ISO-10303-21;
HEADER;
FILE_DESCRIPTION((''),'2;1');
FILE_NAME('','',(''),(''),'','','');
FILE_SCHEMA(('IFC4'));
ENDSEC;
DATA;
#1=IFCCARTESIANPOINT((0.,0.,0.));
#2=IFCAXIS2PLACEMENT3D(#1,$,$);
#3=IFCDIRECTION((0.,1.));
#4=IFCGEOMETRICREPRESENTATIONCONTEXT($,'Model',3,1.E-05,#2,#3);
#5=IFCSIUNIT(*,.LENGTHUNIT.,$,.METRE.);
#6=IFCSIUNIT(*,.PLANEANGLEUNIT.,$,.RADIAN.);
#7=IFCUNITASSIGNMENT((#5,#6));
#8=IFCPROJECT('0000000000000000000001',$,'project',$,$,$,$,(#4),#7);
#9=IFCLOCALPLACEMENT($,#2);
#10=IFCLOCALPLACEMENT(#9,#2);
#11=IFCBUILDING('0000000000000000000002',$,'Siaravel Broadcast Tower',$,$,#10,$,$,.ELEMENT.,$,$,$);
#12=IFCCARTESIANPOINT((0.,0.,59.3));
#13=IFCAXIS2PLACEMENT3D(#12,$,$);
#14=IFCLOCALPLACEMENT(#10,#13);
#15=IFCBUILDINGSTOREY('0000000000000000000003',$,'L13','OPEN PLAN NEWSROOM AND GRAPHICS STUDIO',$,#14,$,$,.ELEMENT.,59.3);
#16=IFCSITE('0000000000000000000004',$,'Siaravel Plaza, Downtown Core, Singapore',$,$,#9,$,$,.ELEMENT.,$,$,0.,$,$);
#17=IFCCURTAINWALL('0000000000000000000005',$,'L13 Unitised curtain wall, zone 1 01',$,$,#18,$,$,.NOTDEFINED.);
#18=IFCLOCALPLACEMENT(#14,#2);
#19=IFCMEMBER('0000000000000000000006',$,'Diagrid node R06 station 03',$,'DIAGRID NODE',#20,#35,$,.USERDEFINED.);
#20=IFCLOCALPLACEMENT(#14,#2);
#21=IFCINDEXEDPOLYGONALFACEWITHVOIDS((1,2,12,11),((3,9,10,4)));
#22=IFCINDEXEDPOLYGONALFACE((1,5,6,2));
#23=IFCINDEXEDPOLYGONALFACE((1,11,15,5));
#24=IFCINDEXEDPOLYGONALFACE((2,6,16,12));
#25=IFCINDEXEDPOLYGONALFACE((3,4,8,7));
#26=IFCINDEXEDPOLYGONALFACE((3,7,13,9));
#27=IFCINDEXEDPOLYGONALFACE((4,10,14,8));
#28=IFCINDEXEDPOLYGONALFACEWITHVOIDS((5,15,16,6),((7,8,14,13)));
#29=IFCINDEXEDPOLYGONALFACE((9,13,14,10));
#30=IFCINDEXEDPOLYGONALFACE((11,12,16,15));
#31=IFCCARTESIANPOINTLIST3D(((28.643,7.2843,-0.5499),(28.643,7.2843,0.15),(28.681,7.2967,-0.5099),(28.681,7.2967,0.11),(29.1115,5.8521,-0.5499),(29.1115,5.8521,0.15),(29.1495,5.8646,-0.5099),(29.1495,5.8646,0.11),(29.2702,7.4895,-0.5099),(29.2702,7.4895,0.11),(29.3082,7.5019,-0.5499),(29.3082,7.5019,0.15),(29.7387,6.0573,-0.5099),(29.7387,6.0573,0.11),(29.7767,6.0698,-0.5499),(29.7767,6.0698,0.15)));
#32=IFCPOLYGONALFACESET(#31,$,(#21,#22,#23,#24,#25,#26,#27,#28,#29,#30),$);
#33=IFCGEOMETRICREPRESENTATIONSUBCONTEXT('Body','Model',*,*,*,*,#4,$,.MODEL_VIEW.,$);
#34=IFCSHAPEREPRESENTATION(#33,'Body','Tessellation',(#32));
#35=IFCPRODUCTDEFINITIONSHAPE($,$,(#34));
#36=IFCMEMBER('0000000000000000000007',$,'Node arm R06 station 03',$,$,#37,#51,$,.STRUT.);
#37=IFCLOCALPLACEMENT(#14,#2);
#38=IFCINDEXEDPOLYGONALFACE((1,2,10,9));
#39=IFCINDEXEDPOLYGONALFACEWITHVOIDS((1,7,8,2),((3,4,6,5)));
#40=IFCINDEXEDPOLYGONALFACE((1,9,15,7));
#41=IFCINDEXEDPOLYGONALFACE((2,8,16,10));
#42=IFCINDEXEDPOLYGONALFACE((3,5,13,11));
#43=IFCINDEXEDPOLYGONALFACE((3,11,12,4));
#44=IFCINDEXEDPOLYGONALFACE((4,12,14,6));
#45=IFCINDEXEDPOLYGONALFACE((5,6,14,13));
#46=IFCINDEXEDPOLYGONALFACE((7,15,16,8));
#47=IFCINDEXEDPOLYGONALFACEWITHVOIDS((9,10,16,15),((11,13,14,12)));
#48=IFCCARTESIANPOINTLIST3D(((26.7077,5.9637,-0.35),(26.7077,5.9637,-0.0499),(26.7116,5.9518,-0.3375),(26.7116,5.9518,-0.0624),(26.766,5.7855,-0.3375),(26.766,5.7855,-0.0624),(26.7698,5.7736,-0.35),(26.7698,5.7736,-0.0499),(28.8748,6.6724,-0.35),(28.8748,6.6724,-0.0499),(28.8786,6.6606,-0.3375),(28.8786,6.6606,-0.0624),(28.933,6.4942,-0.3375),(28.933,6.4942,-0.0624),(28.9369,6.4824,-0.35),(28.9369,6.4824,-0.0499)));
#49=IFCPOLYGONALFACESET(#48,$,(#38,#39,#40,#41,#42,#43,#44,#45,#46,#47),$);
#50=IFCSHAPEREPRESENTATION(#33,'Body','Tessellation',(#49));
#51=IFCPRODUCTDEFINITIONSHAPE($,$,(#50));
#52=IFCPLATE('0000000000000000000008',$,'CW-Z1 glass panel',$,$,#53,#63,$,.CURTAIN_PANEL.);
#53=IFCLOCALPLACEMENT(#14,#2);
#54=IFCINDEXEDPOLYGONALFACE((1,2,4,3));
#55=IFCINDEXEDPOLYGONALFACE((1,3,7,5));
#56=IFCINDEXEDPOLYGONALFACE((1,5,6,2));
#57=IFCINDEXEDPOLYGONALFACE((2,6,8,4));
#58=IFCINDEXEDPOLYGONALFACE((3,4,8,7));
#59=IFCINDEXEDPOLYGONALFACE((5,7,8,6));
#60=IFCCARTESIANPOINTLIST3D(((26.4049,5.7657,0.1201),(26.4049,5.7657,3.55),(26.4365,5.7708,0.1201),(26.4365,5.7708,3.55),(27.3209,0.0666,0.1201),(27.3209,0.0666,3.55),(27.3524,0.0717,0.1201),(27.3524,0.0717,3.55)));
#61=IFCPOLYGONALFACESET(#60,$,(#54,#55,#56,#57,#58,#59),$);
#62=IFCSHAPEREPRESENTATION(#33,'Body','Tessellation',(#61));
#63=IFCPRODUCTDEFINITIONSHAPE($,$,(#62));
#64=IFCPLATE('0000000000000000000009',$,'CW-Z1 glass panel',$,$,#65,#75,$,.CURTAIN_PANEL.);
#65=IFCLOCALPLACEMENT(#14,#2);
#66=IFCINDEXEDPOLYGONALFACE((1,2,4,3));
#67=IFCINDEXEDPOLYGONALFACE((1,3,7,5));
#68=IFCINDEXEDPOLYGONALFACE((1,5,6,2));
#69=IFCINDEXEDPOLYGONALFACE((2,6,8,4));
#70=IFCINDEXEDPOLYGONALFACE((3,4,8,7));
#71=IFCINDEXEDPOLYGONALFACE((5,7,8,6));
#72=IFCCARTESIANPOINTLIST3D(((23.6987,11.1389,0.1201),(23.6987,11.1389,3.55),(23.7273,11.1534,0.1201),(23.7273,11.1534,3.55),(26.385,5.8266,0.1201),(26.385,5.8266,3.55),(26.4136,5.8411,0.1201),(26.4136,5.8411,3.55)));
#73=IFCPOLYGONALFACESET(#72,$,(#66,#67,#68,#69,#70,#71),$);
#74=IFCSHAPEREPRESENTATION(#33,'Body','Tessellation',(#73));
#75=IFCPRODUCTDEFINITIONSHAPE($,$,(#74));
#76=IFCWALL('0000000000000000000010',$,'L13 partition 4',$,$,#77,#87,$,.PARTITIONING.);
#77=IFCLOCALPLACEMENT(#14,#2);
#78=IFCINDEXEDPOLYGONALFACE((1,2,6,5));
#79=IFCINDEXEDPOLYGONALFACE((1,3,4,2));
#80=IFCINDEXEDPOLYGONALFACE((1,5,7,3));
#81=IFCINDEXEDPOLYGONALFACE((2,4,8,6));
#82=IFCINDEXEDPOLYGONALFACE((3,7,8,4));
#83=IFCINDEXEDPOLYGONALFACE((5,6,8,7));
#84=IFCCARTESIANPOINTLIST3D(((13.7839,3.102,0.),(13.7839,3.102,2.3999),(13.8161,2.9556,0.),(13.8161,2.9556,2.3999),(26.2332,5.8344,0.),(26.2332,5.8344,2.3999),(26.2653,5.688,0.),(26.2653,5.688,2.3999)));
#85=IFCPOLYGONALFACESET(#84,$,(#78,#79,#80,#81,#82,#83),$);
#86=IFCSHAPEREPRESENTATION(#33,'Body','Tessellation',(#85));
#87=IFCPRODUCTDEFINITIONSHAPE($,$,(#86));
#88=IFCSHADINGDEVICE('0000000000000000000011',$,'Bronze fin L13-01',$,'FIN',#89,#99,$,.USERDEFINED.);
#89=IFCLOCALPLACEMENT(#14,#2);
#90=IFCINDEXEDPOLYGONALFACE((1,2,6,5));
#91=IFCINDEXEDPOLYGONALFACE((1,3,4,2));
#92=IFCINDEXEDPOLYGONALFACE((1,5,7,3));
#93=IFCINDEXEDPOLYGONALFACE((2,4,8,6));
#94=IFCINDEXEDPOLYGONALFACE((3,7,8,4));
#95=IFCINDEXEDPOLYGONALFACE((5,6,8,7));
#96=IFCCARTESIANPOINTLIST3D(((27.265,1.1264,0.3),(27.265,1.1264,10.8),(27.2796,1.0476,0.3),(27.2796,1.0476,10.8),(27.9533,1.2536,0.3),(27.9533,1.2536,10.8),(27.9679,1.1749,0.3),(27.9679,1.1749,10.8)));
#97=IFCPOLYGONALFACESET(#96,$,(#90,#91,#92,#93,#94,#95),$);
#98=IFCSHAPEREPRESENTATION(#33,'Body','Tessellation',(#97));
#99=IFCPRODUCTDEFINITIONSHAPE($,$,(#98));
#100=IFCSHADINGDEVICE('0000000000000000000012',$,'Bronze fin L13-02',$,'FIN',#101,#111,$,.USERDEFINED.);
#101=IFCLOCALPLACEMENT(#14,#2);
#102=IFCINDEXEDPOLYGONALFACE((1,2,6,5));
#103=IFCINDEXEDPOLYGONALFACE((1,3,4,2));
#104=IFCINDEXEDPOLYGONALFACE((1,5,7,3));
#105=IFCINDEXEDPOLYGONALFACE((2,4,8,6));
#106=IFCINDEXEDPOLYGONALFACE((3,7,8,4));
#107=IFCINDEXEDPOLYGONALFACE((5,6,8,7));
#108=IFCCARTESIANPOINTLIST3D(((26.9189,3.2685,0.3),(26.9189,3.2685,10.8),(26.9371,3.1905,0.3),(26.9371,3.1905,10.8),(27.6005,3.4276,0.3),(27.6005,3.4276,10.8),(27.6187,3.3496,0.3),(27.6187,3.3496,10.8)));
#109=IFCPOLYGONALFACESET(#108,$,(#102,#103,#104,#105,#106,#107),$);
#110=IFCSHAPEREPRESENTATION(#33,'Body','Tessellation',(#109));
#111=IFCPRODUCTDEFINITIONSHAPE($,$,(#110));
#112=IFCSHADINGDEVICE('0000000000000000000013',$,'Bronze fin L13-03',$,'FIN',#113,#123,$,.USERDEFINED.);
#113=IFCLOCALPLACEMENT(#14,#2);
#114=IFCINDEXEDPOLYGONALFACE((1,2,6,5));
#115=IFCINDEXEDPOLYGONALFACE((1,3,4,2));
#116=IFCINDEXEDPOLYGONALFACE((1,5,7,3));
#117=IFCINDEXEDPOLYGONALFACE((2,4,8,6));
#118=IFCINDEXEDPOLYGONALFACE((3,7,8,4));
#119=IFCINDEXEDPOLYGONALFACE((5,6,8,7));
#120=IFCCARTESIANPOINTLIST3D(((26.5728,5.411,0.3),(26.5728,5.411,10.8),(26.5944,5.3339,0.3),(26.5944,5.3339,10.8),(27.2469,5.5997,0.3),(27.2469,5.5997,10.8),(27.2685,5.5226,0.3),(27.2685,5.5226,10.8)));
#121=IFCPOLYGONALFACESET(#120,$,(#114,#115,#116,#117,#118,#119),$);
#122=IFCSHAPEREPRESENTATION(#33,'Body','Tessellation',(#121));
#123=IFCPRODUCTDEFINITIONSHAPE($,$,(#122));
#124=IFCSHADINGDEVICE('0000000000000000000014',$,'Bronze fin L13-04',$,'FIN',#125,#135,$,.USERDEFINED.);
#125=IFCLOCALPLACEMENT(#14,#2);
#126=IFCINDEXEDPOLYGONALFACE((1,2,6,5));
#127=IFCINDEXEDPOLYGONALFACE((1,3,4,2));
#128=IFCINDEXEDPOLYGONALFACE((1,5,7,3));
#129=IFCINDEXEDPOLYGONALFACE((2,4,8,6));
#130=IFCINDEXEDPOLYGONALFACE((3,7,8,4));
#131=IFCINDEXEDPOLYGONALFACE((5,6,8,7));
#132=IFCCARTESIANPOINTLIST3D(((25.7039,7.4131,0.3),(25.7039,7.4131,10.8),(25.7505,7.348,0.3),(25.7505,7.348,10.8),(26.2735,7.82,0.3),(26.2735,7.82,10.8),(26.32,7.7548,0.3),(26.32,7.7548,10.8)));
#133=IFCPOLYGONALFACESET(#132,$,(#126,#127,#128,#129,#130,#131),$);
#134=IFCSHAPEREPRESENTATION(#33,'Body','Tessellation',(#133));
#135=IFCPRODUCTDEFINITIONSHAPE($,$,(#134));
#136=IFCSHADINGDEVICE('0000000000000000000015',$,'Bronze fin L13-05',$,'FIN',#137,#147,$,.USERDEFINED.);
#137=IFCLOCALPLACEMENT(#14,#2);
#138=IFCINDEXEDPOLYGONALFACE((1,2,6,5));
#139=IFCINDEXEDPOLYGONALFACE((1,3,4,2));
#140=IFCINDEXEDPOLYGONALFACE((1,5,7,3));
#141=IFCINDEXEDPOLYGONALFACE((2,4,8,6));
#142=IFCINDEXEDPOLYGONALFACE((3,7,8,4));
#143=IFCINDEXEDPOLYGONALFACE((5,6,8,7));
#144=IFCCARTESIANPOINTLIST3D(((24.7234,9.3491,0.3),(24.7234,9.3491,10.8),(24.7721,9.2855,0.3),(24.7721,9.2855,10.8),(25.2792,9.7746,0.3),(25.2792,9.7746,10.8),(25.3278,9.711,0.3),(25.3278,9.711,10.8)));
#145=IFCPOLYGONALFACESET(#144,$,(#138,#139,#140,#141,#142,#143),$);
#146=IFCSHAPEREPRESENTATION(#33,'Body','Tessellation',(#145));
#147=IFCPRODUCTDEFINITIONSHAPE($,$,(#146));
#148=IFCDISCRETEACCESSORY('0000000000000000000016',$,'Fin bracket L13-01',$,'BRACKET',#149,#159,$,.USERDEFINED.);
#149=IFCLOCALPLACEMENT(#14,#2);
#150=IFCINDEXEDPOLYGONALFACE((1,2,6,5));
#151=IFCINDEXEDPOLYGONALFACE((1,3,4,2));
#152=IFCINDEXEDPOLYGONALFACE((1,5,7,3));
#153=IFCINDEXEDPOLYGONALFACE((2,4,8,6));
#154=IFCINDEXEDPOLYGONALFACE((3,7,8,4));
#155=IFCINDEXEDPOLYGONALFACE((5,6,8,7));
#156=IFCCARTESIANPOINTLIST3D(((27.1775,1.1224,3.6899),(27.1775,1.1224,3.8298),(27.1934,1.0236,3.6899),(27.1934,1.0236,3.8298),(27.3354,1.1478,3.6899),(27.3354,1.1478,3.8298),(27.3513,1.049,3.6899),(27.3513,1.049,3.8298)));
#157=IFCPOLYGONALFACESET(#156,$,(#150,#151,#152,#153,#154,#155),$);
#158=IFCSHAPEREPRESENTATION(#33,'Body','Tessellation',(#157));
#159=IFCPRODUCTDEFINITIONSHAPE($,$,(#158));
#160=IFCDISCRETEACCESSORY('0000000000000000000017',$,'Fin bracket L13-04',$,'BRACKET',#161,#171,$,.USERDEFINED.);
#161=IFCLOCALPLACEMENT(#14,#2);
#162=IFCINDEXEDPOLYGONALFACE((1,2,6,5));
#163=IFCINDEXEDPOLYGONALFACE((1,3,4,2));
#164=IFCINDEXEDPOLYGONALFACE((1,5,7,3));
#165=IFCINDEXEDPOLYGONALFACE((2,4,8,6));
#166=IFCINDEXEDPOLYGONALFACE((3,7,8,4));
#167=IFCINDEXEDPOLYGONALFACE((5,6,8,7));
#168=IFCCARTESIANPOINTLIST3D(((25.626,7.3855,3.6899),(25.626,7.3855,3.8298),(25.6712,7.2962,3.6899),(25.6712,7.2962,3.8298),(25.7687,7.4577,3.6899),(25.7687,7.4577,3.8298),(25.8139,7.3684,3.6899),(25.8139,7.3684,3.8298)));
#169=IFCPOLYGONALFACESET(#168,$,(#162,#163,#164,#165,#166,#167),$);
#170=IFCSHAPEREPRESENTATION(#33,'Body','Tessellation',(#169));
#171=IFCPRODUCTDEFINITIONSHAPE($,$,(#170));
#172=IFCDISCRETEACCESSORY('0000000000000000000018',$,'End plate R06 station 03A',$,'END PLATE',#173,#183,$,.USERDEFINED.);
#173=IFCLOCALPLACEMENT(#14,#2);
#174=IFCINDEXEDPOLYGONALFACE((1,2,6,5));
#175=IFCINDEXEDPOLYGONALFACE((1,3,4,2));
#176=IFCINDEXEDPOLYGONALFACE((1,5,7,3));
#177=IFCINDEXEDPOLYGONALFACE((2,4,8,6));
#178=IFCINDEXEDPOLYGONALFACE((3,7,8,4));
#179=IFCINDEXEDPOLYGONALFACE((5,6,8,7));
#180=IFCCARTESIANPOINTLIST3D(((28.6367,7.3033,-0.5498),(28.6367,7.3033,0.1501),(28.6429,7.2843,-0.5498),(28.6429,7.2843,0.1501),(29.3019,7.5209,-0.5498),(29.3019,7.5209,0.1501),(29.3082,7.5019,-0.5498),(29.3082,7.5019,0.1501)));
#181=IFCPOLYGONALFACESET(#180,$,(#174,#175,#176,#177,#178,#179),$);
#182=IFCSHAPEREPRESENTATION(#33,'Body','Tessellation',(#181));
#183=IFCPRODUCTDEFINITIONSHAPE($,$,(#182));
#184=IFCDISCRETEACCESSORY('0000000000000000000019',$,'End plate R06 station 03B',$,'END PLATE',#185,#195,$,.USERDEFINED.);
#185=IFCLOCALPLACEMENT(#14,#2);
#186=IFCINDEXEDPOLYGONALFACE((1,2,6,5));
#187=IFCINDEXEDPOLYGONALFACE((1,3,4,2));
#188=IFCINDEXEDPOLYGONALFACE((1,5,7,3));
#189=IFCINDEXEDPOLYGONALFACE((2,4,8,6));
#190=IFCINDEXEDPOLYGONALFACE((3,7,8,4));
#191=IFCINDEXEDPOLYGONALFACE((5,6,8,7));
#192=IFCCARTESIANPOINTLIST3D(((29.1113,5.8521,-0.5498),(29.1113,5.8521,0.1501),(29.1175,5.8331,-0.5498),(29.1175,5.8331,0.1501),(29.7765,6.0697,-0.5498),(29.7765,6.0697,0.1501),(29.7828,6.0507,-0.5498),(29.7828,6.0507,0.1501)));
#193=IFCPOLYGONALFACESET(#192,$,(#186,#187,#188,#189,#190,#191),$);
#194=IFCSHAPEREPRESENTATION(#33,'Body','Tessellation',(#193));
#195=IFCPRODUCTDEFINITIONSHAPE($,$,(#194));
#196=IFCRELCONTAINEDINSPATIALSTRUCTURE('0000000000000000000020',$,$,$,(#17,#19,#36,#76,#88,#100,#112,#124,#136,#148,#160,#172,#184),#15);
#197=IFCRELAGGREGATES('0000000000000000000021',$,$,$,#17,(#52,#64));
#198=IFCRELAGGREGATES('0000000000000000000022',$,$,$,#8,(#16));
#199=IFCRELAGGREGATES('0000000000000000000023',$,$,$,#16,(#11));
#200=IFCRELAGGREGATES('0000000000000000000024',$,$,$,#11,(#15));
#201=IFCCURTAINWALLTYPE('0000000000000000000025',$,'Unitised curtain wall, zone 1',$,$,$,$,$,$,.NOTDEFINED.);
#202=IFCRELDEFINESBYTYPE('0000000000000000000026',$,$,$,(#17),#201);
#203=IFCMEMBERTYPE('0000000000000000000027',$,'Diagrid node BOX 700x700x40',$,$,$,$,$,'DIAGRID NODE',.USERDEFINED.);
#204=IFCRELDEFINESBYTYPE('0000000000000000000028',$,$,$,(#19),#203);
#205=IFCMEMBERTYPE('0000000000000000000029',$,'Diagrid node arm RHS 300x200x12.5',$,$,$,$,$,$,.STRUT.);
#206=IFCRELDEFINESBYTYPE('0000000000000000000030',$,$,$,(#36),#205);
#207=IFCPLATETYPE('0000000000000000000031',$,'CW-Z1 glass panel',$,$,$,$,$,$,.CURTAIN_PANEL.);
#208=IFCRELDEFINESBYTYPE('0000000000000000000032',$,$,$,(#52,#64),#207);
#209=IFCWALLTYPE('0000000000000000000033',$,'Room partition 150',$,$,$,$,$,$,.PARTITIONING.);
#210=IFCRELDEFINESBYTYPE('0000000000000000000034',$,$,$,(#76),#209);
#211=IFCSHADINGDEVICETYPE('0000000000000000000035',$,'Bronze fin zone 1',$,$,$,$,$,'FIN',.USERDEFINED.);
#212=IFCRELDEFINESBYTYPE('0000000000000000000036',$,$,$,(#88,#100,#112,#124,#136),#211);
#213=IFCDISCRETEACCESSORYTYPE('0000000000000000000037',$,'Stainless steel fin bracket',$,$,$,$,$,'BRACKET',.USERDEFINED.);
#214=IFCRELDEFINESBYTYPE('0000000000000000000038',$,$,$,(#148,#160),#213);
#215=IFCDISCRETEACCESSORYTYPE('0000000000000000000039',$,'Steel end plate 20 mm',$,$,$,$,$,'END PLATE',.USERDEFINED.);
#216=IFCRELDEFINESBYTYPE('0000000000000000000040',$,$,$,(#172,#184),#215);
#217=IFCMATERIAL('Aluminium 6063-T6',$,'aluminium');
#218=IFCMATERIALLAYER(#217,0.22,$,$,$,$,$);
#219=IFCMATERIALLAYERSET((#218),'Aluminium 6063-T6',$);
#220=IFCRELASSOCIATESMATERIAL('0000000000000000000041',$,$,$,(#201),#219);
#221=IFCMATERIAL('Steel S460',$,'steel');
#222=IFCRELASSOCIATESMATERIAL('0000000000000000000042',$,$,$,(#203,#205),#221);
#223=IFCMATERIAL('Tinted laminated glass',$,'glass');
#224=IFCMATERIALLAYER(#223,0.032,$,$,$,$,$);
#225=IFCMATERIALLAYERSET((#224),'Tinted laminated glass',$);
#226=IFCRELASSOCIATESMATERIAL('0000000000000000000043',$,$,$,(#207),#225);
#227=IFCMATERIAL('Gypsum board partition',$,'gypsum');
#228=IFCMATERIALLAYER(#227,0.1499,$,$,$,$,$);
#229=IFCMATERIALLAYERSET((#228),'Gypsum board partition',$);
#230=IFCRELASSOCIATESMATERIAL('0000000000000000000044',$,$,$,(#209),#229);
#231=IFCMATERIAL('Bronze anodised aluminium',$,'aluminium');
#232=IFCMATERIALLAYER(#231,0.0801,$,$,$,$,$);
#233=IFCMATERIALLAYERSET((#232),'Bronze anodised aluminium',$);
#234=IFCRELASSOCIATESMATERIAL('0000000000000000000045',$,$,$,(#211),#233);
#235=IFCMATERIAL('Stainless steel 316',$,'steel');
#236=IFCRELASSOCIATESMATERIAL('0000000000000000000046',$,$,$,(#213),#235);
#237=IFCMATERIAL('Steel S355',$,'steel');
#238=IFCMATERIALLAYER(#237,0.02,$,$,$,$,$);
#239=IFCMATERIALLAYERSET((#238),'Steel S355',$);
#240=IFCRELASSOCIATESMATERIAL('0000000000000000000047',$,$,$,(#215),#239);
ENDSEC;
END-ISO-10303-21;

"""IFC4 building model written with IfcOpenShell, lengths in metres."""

from ifc_helpers import new_model, si_unit, direction, frame, frame_2d, origin, origin_2d, place, context, subcontext, project, spatial, rectangle, hollow_rectangle, extrude, material, layer, layer_set, material_profile, profile_set, type_object, element, aggregate, save


model = new_model("IFC4")

# Units and contexts
model_context = context("Model", 3, precision=1e-05, world=origin(), true_north=direction((0.0, 1.0)))
body_context = subcontext(model_context, "Body", "Model", "MODEL_VIEW")
ifc_project = project(units=[si_unit("LENGTHUNIT", "METRE"), si_unit("PLANEANGLEUNIT", "RADIAN")], contexts=[model_context])

# Site, building, storey
site_placement = place(None, origin())
site = spatial("IfcSite", under=ifc_project, at=site_placement, Name="Siaravel Plaza, Downtown Core, Singapore", CompositionType="ELEMENT", RefElevation=0.0)
building_placement = place(site_placement, origin())
building = spatial("IfcBuilding", under=site, at=building_placement, Name="Siaravel Broadcast Tower", CompositionType="ELEMENT")
storey_placement = place(building_placement, frame((0.0, 0.0, 59.3)))
storey = spatial("IfcBuildingStorey", under=building, at=storey_placement, Name="L13", Description="OPEN PLAN NEWSROOM AND GRAPHICS STUDIO", CompositionType="ELEMENT", Elevation=59.3)

# Shared definitions
ifc_material_1 = material(Name="Steel S355", Category="steel")

# Curtain wall
ifc_material_2 = material(Name="Aluminium 6063-T6", Category="aluminium")
ifc_layer_1 = layer(ifc_material_2, 0.22)
ifc_layer_set_1 = layer_set([ifc_layer_1], Name="Aluminium 6063-T6")
curtain_wall_type = type_object("IfcCurtainWallType", Name="Unitised curtain wall, zone 1", PredefinedType="NOTDEFINED", material=ifc_layer_set_1)
curtain_wall_placement = place(storey_placement, origin())
curtain_wall = element("IfcCurtainWall", 1, at=curtain_wall_placement, inside=storey, type_object=curtain_wall_type, Name="L13 Unitised curtain wall, zone 1 01", PredefinedType="NOTDEFINED")

# Members
ifc_material_3 = material(Name="Steel S460", Category="steel")
ifc_material_profile_1 = material_profile(ifc_material_3, hollow_rectangle(XDim=0.7, YDim=0.7, WallThickness=0.04, at=origin_2d()))
ifc_profile_set_1 = profile_set([ifc_material_profile_1], Name="Steel S460")
member_type_1 = type_object("IfcMemberType", Name="Diagrid node BOX 700x700x40", ElementType="DIAGRID NODE", PredefinedType="USERDEFINED", material=ifc_profile_set_1)
member_1_placement = place(storey_placement, frame((29.4441, 5.9609, -0.2), z_axis=(-0.310925, 0.950435, 0.0), x_axis=(-0.950435, -0.310925, 0.0)))
element("IfcMember", 2, at=member_1_placement, inside=storey, type_object=member_type_1, Name="Diagrid node R06 station 03", ObjectType="DIAGRID NODE", PredefinedType="USERDEFINED", context=body_context, shape_type="SweptSolid", body=[
    extrude(hollow_rectangle(XDim=0.7, YDim=0.7, WallThickness=0.04, at=origin_2d()), origin(), (0.0, 0.0, 1.0), 1.5068),
])
ifc_material_profile_2 = material_profile(ifc_material_3, hollow_rectangle(XDim=0.2, YDim=0.3, WallThickness=0.0125, at=origin_2d()))
ifc_profile_set_2 = profile_set([ifc_material_profile_2], Name="Steel S460")
member_type_2 = type_object("IfcMemberType", Name="Diagrid node arm RHS 300x200x12.5", PredefinedType="STRUT", material=ifc_profile_set_2)
member_2_placement = place(storey_placement, frame((26.7388, 5.8687, -0.2), z_axis=(0.950456, 0.310858, 0.0), x_axis=(-0.310858, 0.950456, 0.0)))
element("IfcMember", 3, at=member_2_placement, inside=storey, type_object=member_type_2, Name="Node arm R06 station 03", PredefinedType="STRUT", context=body_context, shape_type="SweptSolid", body=[
    extrude(hollow_rectangle(XDim=0.2, YDim=0.3, WallThickness=0.0125, at=origin_2d()), origin(), (0.0, 0.0, 1.0), 2.28),
])

# Plates
ifc_material_4 = material(Name="Tinted laminated glass", Category="glass")
ifc_layer_2 = layer(ifc_material_4, 0.032)
ifc_layer_set_2 = layer_set([ifc_layer_2], Name="Tinted laminated glass")
plate_type = type_object("IfcPlateType", Name="CW-Z1 glass panel", PredefinedType="CURTAIN_PANEL", material=ifc_layer_set_2)
plate_1_placement = place(storey_placement, frame((26.8787, 2.9187, 0.1201), z_axis=(0.0, 0.0, 1.0), x_axis=(-0.158686, 0.987329, 0.0)))
plate_1 = element("IfcPlate", 4, at=plate_1_placement, type_object=plate_type, Name="CW-Z1 glass panel", PredefinedType="CURTAIN_PANEL", context=body_context, shape_type="SweptSolid", body=[
    extrude(rectangle(XDim=5.7722, YDim=0.032, at=origin_2d()), origin(), (0.0, 0.0, 1.0), 3.4299),
])
plate_2_placement = place(storey_placement, frame((25.0562, 8.49, 0.1201), z_axis=(0.0, 0.0, 1.0), x_axis=(-0.451262, 0.892391, 0.0)))
plate_2 = element("IfcPlate", 5, at=plate_2_placement, type_object=plate_type, Name="CW-Z1 glass panel", PredefinedType="CURTAIN_PANEL", context=body_context, shape_type="SweptSolid", body=[
    extrude(rectangle(XDim=5.9529, YDim=0.032, at=origin_2d()), origin(), (0.0, 0.0, 1.0), 3.4299),
])
aggregate(curtain_wall, [plate_1, plate_2])

# Wall
ifc_material_5 = material(Name="Gypsum board partition", Category="gypsum")
ifc_layer_3 = layer(ifc_material_5, 0.1499)
ifc_layer_set_3 = layer_set([ifc_layer_3], Name="Gypsum board partition")
wall_type = type_object("IfcWallType", Name="Room partition 150", PredefinedType="PARTITIONING", material=ifc_layer_set_3)
wall_placement = place(storey_placement, frame((26.2493, 5.7612, 0.0), z_axis=(0.0, 0.0, 1.0), x_axis=(-0.97675, -0.214382, 0.0)))
element("IfcWall", 6, at=wall_placement, inside=storey, type_object=wall_type, Name="L13 partition 4", PredefinedType="PARTITIONING", context=body_context, shape_type="SweptSolid", body=[
    extrude(rectangle(XDim=12.7456, YDim=0.1499, at=frame_2d((6.3728, 0.0))), origin(), (0.0, 0.0, 1.0), 2.3999),
])

# Shading devices
ifc_material_6 = material(Name="Bronze anodised aluminium", Category="aluminium")
ifc_layer_4 = layer(ifc_material_6, 0.0801)
ifc_layer_set_4 = layer_set([ifc_layer_4], Name="Bronze anodised aluminium")
shading_device_type = type_object("IfcShadingDeviceType", Name="Bronze fin zone 1", ElementType="FIN", PredefinedType="USERDEFINED", material=ifc_layer_set_4)
for number, where, z_axis, x_axis, name in (
    (7, (27.6165, 1.1506, 0.3), (0.0, 0.0, 1.0), (0.983334, 0.18181, 0.0), "Bronze fin L13-01"),
    (8, (27.2688, 3.3091, 0.3), (0.0, 0.0, 1.0), (0.973819, 0.227326, 0.0), "Bronze fin L13-02"),
    (9, (26.9207, 5.4668, 0.3), (0.0, 0.0, 1.0), (0.962943, 0.269706, 0.0), "Bronze fin L13-03"),
    (10, (26.012, 7.584, 0.3), (0.0, 0.0, 1.0), (0.813689, 0.581301, 0.0), "Bronze fin L13-04"),
    (11, (25.0256, 9.53, 0.3), (0.0, 0.0, 1.0), (0.793976, 0.60795, 0.0), "Bronze fin L13-05"),
):
    element("IfcShadingDevice", number, at=place(storey_placement, frame(where, z_axis=z_axis, x_axis=x_axis)), inside=storey, type_object=shading_device_type, Name=name, ObjectType="FIN", PredefinedType="USERDEFINED", context=body_context, shape_type="SweptSolid", body=[
        extrude(rectangle(XDim=0.7, YDim=0.0801, at=origin_2d()), origin(), (0.0, 0.0, 1.0), 10.5),
    ])

# Discrete accessories
ifc_material_7 = material(Name="Stainless steel 316", Category="steel")
discrete_accessory_type_1 = type_object("IfcDiscreteAccessoryType", Name="Stainless steel fin bracket", ElementType="BRACKET", PredefinedType="USERDEFINED", material=ifc_material_7)
for number, where, z_axis, x_axis, name in (
    (12, (27.2644, 1.0857, 3.6899), (0.0, 0.0, 1.0), (0.987329, 0.158685, 0.0), "Fin bracket L13-01"),
    (13, (25.72, 7.377, 3.6899), (0.0, 0.0, 1.0), (0.892391, 0.451262, 0.0), "Fin bracket L13-04"),
):
    element("IfcDiscreteAccessory", number, at=place(storey_placement, frame(where, z_axis=z_axis, x_axis=x_axis)), inside=storey, type_object=discrete_accessory_type_1, Name=name, ObjectType="BRACKET", PredefinedType="USERDEFINED", context=body_context, shape_type="SweptSolid", body=[
        extrude(rectangle(XDim=0.1599, YDim=0.1001, at=origin_2d()), origin(), (0.0, 0.0, 1.0), 0.1399),
    ])
ifc_layer_5 = layer(ifc_material_1, 0.02)
ifc_layer_set_5 = layer_set([ifc_layer_5], Name="Steel S355")
discrete_accessory_type_2 = type_object("IfcDiscreteAccessoryType", Name="Steel end plate 20 mm", ElementType="END PLATE", PredefinedType="USERDEFINED", material=ifc_layer_set_5)
for number, where, z_axis, x_axis, name in (
    (14, (28.9724, 7.4026, -0.5498), (0.0, 0.0, 1.0), (-0.310909, 0.95044, 0.0), "End plate R06 station 03A"),
    (15, (29.447, 5.9514, -0.5498), (0.0, 0.0, 1.0), (-0.310909, 0.95044, 0.0), "End plate R06 station 03B"),
):
    element("IfcDiscreteAccessory", number, at=place(storey_placement, frame(where, z_axis=z_axis, x_axis=x_axis)), inside=storey, type_object=discrete_accessory_type_2, Name=name, ObjectType="END PLATE", PredefinedType="USERDEFINED", context=body_context, shape_type="SweptSolid", body=[
        extrude(rectangle(XDim=0.02, YDim=0.7, at=origin_2d()), origin(), (0.0, 0.0, 1.0), 0.7),
    ])

save(model, "model.ifc")
